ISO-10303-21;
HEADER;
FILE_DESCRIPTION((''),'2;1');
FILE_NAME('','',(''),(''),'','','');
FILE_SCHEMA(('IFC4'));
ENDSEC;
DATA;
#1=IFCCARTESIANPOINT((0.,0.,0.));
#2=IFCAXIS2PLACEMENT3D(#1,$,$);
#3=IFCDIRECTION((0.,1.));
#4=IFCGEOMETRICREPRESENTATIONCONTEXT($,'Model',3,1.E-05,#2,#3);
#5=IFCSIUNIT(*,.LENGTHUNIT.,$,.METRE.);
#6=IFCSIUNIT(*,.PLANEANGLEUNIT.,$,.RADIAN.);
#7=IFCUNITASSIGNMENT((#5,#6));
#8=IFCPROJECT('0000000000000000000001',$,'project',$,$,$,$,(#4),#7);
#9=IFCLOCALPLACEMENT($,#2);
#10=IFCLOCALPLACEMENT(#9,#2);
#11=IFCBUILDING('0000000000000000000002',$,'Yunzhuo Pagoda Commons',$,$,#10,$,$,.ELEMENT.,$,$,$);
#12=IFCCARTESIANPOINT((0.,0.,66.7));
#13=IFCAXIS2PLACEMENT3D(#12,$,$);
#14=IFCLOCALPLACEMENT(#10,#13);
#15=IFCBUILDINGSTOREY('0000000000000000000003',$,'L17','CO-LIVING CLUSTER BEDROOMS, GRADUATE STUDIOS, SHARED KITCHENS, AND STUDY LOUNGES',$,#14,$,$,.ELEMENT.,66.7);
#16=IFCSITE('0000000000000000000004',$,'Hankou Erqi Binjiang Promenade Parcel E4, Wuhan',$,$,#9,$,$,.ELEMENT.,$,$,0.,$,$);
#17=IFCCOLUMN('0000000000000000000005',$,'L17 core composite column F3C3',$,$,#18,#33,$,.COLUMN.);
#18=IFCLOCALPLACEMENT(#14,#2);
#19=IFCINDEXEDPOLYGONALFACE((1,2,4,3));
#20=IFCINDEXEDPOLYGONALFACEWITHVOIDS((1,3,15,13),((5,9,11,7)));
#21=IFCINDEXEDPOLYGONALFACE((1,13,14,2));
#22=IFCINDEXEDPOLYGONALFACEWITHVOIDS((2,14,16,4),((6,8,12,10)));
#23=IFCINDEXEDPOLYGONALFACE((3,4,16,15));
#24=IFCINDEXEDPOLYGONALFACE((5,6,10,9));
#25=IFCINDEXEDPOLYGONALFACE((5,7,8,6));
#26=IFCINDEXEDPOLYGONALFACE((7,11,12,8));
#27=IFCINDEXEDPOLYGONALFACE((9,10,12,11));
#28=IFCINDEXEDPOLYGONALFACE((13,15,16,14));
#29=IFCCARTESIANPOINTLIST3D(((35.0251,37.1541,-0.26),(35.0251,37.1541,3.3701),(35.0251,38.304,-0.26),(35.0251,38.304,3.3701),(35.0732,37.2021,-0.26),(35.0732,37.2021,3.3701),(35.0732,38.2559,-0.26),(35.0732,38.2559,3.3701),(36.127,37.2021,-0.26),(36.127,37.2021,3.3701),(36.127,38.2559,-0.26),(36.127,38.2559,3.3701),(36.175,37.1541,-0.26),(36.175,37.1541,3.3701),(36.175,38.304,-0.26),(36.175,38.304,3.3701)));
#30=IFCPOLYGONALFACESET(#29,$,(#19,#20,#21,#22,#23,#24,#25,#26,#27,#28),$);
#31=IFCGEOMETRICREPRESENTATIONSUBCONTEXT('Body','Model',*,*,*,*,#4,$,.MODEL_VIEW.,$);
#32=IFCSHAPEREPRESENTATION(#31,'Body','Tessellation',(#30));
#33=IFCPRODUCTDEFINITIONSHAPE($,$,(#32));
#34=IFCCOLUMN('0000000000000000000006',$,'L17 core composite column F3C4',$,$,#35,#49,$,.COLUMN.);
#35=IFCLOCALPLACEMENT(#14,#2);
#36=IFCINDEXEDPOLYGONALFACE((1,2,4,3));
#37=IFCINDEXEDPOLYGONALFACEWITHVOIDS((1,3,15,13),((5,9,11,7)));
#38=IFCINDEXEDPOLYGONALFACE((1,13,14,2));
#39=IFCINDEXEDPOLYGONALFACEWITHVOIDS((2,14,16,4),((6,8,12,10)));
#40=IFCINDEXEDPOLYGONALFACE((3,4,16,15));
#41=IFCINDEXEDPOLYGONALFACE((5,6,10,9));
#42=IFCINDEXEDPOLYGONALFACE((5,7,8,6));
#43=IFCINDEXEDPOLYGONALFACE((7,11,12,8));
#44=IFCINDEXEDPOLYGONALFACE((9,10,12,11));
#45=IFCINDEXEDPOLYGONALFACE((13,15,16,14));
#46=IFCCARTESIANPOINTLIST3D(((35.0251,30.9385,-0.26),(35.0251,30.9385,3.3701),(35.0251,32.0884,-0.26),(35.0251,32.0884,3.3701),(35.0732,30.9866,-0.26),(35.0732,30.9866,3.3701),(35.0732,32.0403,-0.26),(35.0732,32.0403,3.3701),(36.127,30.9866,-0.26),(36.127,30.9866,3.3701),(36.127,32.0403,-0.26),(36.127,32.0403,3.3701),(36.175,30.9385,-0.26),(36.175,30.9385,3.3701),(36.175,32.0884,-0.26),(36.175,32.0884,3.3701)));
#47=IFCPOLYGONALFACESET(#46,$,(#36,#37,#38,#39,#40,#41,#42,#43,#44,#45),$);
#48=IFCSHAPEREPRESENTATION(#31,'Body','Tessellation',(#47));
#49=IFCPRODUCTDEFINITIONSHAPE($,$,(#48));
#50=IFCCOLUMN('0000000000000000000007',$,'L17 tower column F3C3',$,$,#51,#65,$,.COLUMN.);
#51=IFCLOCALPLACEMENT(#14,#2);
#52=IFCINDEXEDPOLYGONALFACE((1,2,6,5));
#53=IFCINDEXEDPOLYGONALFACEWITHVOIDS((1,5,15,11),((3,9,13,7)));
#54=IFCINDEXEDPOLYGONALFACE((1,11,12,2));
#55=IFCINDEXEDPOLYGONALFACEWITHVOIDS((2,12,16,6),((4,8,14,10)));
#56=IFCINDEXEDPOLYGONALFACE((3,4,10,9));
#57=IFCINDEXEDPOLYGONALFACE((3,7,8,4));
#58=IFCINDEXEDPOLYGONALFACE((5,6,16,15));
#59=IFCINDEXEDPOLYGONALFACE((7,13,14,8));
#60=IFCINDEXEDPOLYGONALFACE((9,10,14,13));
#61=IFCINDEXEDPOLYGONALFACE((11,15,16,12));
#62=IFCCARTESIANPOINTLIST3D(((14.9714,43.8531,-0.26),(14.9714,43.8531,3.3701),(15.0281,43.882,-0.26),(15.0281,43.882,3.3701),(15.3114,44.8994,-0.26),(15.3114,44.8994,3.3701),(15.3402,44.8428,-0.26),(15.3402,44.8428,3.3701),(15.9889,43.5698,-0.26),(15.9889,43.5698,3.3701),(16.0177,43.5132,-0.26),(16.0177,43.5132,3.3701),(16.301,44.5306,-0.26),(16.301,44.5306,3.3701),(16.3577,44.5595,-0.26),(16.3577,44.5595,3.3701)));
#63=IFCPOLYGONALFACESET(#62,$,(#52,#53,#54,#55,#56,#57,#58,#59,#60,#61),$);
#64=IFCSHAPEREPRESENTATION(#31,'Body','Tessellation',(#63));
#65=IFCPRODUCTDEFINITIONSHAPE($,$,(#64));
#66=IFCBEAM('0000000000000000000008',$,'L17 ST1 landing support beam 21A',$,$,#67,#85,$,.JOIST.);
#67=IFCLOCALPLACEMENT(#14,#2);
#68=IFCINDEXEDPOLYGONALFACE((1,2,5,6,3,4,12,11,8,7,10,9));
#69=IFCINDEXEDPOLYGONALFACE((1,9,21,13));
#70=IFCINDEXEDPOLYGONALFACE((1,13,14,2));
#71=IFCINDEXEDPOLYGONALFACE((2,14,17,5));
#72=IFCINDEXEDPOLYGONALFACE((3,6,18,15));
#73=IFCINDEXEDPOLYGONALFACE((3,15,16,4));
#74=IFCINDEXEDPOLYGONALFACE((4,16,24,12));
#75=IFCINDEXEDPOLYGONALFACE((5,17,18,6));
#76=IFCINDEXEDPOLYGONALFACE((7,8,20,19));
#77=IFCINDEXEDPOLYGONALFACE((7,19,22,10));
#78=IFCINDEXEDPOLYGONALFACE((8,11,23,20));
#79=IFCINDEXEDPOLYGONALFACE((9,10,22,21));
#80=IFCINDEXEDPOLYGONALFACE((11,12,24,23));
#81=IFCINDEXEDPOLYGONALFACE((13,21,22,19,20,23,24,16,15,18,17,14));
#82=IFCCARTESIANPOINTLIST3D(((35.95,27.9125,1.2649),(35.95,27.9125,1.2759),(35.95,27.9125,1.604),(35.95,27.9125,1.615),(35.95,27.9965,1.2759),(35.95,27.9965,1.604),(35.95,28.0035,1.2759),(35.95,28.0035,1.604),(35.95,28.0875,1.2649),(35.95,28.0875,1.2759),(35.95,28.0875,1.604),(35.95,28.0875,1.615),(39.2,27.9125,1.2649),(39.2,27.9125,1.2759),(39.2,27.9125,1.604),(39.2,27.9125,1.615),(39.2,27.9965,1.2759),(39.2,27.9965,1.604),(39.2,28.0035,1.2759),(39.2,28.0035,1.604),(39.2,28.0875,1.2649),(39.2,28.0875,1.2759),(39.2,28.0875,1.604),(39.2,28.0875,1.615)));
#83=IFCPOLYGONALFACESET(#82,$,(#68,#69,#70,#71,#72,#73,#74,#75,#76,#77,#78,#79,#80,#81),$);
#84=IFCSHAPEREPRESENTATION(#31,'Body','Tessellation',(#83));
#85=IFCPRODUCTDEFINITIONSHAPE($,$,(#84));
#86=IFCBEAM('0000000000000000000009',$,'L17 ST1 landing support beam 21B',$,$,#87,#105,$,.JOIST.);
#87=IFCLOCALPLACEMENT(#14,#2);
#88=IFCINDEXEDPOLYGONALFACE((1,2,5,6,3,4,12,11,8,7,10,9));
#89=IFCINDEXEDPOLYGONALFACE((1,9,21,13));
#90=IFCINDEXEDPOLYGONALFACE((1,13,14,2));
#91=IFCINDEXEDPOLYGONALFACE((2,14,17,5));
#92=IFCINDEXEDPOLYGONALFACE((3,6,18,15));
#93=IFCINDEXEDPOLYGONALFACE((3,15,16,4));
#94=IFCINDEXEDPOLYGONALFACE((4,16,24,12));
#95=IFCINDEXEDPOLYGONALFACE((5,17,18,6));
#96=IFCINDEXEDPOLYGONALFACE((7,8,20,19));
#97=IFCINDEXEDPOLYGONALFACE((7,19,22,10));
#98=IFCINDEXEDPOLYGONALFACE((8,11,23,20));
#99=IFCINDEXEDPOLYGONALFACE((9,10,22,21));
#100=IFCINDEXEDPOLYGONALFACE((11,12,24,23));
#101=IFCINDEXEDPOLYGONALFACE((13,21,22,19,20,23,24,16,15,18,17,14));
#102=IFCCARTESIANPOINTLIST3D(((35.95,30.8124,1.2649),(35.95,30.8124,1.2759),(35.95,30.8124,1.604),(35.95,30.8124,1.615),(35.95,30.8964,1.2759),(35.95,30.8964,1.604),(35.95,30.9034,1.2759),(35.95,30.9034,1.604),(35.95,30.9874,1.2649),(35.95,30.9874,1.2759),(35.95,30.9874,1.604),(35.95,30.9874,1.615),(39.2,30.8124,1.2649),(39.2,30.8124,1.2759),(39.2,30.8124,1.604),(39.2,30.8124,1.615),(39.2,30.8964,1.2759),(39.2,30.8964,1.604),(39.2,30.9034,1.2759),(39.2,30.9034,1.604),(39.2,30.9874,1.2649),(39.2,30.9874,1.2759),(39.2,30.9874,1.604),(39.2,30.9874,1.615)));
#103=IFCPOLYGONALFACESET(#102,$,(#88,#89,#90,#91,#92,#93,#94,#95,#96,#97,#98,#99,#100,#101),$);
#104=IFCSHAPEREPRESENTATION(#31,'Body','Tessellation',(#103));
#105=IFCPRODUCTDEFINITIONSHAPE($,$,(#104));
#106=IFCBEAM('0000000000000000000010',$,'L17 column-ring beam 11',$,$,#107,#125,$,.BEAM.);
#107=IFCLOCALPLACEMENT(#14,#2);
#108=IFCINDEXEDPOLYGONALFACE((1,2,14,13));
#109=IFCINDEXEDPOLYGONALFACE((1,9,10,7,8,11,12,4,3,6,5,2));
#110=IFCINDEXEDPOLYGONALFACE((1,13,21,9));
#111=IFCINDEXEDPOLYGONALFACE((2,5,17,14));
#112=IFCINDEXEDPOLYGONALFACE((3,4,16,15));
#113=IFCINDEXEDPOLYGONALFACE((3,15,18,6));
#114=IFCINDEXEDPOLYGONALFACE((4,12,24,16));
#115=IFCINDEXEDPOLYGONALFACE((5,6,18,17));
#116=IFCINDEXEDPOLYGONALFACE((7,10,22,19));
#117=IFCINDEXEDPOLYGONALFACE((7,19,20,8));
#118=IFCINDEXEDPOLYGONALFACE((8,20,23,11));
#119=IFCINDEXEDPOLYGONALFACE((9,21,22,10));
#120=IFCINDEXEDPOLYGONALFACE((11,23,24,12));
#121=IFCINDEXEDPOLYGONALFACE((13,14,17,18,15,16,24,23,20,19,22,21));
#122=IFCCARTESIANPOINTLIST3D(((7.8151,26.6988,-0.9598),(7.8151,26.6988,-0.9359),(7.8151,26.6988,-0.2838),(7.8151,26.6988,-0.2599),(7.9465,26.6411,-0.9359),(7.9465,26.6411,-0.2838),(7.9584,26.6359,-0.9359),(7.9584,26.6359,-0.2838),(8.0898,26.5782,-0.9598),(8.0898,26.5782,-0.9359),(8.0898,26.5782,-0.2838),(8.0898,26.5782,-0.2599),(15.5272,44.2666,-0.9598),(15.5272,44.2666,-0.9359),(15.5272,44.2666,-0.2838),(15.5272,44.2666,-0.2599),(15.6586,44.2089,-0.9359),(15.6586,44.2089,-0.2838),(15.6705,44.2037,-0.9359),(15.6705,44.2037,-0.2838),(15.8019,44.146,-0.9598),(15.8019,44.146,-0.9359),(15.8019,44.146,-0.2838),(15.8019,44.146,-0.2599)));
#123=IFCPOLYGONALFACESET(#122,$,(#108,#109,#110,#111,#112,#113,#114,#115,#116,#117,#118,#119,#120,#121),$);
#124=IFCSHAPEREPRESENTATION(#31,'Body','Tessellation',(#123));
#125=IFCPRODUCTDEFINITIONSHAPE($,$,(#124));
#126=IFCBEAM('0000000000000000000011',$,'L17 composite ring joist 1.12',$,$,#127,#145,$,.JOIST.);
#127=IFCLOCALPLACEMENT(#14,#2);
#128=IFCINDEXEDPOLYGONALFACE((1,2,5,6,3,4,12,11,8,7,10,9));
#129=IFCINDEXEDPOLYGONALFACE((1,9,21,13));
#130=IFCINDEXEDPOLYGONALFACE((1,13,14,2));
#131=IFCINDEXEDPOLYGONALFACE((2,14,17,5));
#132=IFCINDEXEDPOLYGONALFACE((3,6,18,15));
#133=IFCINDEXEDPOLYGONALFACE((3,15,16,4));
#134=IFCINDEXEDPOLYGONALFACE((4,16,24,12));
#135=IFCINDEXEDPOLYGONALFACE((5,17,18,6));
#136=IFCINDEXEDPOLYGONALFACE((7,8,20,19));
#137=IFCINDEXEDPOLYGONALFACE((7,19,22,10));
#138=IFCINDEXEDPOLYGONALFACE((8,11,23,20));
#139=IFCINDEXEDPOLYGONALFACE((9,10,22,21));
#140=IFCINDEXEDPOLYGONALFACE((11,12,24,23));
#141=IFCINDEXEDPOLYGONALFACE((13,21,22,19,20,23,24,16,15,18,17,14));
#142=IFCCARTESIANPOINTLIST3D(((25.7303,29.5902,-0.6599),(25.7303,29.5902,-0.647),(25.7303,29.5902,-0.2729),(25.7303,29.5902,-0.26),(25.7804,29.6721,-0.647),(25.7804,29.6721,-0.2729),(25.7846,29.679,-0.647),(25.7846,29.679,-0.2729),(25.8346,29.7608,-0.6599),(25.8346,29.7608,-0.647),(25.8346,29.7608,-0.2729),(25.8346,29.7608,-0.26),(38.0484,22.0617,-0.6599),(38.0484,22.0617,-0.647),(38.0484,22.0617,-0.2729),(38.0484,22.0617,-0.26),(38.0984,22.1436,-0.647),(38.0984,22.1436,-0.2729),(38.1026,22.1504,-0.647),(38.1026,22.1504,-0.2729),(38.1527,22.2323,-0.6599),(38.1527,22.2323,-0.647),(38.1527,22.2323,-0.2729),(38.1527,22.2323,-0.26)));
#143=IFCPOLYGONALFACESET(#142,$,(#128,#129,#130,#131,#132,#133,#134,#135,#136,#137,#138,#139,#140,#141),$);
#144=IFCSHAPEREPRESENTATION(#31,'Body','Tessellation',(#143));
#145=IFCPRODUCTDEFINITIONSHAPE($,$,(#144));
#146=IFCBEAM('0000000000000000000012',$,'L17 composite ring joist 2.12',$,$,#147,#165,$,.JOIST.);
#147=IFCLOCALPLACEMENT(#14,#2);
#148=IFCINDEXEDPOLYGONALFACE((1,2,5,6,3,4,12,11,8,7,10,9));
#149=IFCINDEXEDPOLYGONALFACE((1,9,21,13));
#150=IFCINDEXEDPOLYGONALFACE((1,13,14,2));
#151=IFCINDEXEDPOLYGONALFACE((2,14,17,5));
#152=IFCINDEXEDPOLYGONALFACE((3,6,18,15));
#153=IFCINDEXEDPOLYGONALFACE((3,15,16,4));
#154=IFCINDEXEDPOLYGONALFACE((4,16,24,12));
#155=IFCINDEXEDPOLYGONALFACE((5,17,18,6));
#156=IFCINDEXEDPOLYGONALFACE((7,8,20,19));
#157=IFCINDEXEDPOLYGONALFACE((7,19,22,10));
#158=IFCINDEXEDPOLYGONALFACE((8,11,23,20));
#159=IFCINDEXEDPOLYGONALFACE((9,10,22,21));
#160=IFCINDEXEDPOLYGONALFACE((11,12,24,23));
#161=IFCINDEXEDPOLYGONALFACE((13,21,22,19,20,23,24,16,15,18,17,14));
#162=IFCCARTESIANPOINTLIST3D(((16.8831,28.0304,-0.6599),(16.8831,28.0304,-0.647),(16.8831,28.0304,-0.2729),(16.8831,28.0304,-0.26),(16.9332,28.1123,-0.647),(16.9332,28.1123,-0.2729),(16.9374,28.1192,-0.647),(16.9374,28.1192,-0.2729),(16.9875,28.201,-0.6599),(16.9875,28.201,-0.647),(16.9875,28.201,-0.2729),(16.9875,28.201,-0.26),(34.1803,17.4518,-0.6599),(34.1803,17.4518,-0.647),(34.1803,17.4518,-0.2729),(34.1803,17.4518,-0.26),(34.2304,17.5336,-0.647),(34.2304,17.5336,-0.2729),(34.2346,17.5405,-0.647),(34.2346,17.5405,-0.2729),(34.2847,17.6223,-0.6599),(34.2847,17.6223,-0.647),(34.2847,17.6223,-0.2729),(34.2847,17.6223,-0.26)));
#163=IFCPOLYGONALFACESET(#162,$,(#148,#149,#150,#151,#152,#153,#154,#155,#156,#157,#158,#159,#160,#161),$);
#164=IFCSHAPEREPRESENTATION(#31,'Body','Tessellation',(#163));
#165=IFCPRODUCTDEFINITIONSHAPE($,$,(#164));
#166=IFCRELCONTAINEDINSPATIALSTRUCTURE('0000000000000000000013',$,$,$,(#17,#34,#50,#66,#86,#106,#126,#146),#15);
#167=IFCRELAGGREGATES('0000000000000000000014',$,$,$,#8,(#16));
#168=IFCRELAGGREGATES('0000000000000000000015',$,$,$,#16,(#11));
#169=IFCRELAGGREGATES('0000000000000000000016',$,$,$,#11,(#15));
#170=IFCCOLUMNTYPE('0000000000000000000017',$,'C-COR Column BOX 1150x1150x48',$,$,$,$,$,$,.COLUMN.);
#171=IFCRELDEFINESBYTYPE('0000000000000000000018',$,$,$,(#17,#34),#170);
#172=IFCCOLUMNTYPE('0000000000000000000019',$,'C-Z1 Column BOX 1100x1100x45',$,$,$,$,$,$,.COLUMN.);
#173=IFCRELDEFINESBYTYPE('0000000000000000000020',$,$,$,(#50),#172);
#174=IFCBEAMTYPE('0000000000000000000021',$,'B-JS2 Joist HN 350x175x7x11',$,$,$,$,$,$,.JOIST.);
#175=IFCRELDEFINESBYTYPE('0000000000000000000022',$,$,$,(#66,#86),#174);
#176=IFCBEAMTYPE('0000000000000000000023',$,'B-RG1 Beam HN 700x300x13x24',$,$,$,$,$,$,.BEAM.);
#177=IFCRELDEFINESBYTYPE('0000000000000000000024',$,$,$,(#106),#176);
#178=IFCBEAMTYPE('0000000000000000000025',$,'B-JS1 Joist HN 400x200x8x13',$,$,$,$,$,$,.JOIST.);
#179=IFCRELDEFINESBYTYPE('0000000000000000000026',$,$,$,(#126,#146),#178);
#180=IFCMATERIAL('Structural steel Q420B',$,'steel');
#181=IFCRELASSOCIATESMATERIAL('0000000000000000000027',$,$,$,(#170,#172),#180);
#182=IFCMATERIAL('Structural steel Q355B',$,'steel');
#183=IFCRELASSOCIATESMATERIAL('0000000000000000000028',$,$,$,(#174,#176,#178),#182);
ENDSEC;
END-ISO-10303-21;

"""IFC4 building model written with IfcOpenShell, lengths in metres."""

from ifc_helpers import new_model, si_unit, direction, frame, origin, origin_2d, place, context, subcontext, project, spatial, hollow_rectangle, i_section, extrude, source, transform, mapped, material, material_profile, profile_set, type_object, element, save


model = new_model("IFC4")

# Units and contexts
model_context = context("Model", 3, precision=1e-05, world=origin(), true_north=direction((0.0, 1.0)))
body_context = subcontext(model_context, "Body", "Model", "MODEL_VIEW")
ifc_project = project(units=[si_unit("LENGTHUNIT", "METRE"), si_unit("PLANEANGLEUNIT", "RADIAN")], contexts=[model_context])

# Site, building, storey
site_placement = place(None, origin())
site = spatial("IfcSite", under=ifc_project, at=site_placement, Name="Hankou Erqi Binjiang Promenade Parcel E4, Wuhan", CompositionType="ELEMENT", RefElevation=0.0)
building_placement = place(site_placement, origin())
building = spatial("IfcBuilding", under=site, at=building_placement, Name="Yunzhuo Pagoda Commons", CompositionType="ELEMENT")
storey_placement = place(building_placement, frame((0.0, 0.0, 66.7)))
storey = spatial("IfcBuildingStorey", under=building, at=storey_placement, Name="L17", Description="CO-LIVING CLUSTER BEDROOMS, GRADUATE STUDIOS, SHARED KITCHENS, AND STUDY LOUNGES", CompositionType="ELEMENT", Elevation=66.7)

# Columns
ifc_material_1 = material(Name="Structural steel Q420B", Category="steel")
ifc_material_profile_1 = material_profile(ifc_material_1, hollow_rectangle(XDim=1.1499, YDim=1.1499, WallThickness=0.0481, at=origin_2d()), Name="Structural steel Q420B")
ifc_profile_set_1 = profile_set([ifc_material_profile_1], Name="Structural steel Q420B")
column_type_1 = type_object("IfcColumnType", Name="C-COR Column BOX 1150x1150x48", PredefinedType="COLUMN", material=ifc_profile_set_1)
shared_shape_1 = source(origin(), body_context, "Body", "SweptSolid", [
    extrude(hollow_rectangle(XDim=1.1499, YDim=1.1499, WallThickness=0.0481, at=origin_2d()), origin(), (0.0, 0.0, 1.0), 3.6301),
])
for number, where, z_axis, x_axis, name in (
    (1, (35.6001, 37.729, -0.26), (0.0, 0.0, 1.0), (1.0, 0.0, 0.0), "L17 core composite column F3C3"),
    (2, (35.6001, 31.5134, -0.26), (0.0, 0.0, 1.0), (1.0, 0.0, 0.0), "L17 core composite column F3C4"),
):
    element("IfcColumn", number, at=place(storey_placement, frame(where, z_axis=z_axis, x_axis=x_axis)), inside=storey, type_object=column_type_1, Name=name, PredefinedType="COLUMN", context=body_context, shape_type="MappedRepresentation", body=[
        mapped(shared_shape_1, transform((0.0, 0.0, 0.0), scale=1.0)),
    ])
ifc_material_profile_2 = material_profile(ifc_material_1, hollow_rectangle(XDim=1.1001, YDim=1.1001, WallThickness=0.0449, at=origin_2d()), Name="Structural steel Q420B")
ifc_profile_set_2 = profile_set([ifc_material_profile_2], Name="Structural steel Q420B")
column_type_2 = type_object("IfcColumnType", Name="C-Z1 Column BOX 1100x1100x45", PredefinedType="COLUMN", material=ifc_profile_set_2)
shared_shape_2 = source(origin(), body_context, "Body", "SweptSolid", [
    extrude(hollow_rectangle(XDim=1.1001, YDim=1.1001, WallThickness=0.0449, at=origin_2d()), origin(), (0.0, 0.0, 1.0), 3.6301),
])
column_placement = place(storey_placement, frame((15.6646, 44.2063, -0.26), z_axis=(0.0, 0.0, 1.0), x_axis=(-0.309017, -0.951057, 0.0)))
element("IfcColumn", 3, at=column_placement, inside=storey, type_object=column_type_2, Name="L17 tower column F3C3", PredefinedType="COLUMN", context=body_context, shape_type="MappedRepresentation", body=[
    mapped(shared_shape_2, transform((0.0, 0.0, 0.0), scale=1.0)),
])

# Beams
ifc_material_2 = material(Name="Structural steel Q355B", Category="steel")
ifc_material_profile_3 = material_profile(ifc_material_2, i_section(OverallWidth=0.175, OverallDepth=0.3501, WebThickness=0.0071, FlangeThickness=0.011, at=origin_2d()), Name="Structural steel Q355B")
ifc_profile_set_3 = profile_set([ifc_material_profile_3], Name="Structural steel Q355B")
beam_type_1 = type_object("IfcBeamType", Name="B-JS2 Joist HN 350x175x7x11", PredefinedType="JOIST", material=ifc_profile_set_3)
shared_shape_3 = source(origin(), body_context, "Body", "SweptSolid", [
    extrude(i_section(OverallWidth=0.175, OverallDepth=0.3501, WebThickness=0.0071, FlangeThickness=0.011, at=origin_2d()), origin(), (0.0, 0.0, 1.0), 3.25),
])
for number, where, z_axis, x_axis, name in (
    (4, (35.95, 28.0, 1.4399), (1.0, 0.0, 0.0), (0.0, 1.0, 0.0), "L17 ST1 landing support beam 21A"),
    (5, (35.95, 30.8999, 1.4399), (1.0, 0.0, 0.0), (0.0, 1.0, 0.0), "L17 ST1 landing support beam 21B"),
):
    element("IfcBeam", number, at=place(storey_placement, frame(where, z_axis=z_axis, x_axis=x_axis)), inside=storey, type_object=beam_type_1, Name=name, PredefinedType="JOIST", context=body_context, shape_type="MappedRepresentation", body=[
        mapped(shared_shape_3, transform((0.0, 0.0, 0.0), scale=1.0)),
    ])
ifc_material_profile_4 = material_profile(ifc_material_2, i_section(OverallWidth=0.3, OverallDepth=0.7, WebThickness=0.0129, FlangeThickness=0.0239, at=origin_2d()), Name="Structural steel Q355B")
ifc_profile_set_4 = profile_set([ifc_material_profile_4], Name="Structural steel Q355B")
beam_type_2 = type_object("IfcBeamType", Name="B-RG1 Beam HN 700x300x13x24", PredefinedType="BEAM", material=ifc_profile_set_4)
shared_shape_4 = source(origin(), body_context, "Body", "SweptSolid", [
    extrude(i_section(OverallWidth=0.3, OverallDepth=0.7, WebThickness=0.0129, FlangeThickness=0.0239, at=origin_2d()), origin(), (0.0, 0.0, 1.0), 19.186),
])
beam_1_placement = place(storey_placement, frame((15.6646, 44.2063, -0.6099), z_axis=(-0.401965, -0.915655, 0.0), x_axis=(0.915655, -0.401965, 0.0)))
element("IfcBeam", 6, at=beam_1_placement, inside=storey, type_object=beam_type_2, Name="L17 column-ring beam 11", PredefinedType="BEAM", context=body_context, shape_type="MappedRepresentation", body=[
    mapped(shared_shape_4, transform((0.0, 0.0, 0.0), scale=1.0)),
])
ifc_material_profile_5 = material_profile(ifc_material_2, i_section(OverallWidth=0.2, OverallDepth=0.3999, WebThickness=0.0081, FlangeThickness=0.0129, at=origin_2d()), Name="Structural steel Q355B")
ifc_profile_set_5 = profile_set([ifc_material_profile_5], Name="Structural steel Q355B")
beam_type_3 = type_object("IfcBeamType", Name="B-JS1 Joist HN 400x200x8x13", PredefinedType="JOIST", material=ifc_profile_set_5)
shared_shape_5 = source(origin(), body_context, "Body", "SweptSolid", [
    extrude(i_section(OverallWidth=0.2, OverallDepth=0.3999, WebThickness=0.0081, FlangeThickness=0.0129, at=origin_2d()), origin(), (0.0, 0.0, 1.0), 14.4365),
])
beam_2_placement = place(storey_placement, frame((25.7825, 29.6755, -0.46), z_axis=(0.853256, -0.521492, 0.0), x_axis=(0.521492, 0.853256, 0.0)))
element("IfcBeam", 7, at=beam_2_placement, inside=storey, type_object=beam_type_3, Name="L17 composite ring joist 1.12", PredefinedType="JOIST", context=body_context, shape_type="MappedRepresentation", body=[
    mapped(shared_shape_5, transform((0.0, 0.0, 0.0), scale=1.0)),
])
shared_shape_6 = source(origin(), body_context, "Body", "SweptSolid", [
    extrude(i_section(OverallWidth=0.2, OverallDepth=0.3999, WebThickness=0.0081, FlangeThickness=0.0129, at=origin_2d()), origin(), (0.0, 0.0, 1.0), 20.2756),
])
beam_3_placement = place(storey_placement, frame((16.9353, 28.1157, -0.46), z_axis=(0.853103, -0.521743, 0.0), x_axis=(0.521743, 0.853103, 0.0)))
element("IfcBeam", 8, at=beam_3_placement, inside=storey, type_object=beam_type_3, Name="L17 composite ring joist 2.12", PredefinedType="JOIST", context=body_context, shape_type="MappedRepresentation", body=[
    mapped(shared_shape_6, transform((0.0, 0.0, 0.0), scale=1.0)),
])

save(model, "model.ifc")
